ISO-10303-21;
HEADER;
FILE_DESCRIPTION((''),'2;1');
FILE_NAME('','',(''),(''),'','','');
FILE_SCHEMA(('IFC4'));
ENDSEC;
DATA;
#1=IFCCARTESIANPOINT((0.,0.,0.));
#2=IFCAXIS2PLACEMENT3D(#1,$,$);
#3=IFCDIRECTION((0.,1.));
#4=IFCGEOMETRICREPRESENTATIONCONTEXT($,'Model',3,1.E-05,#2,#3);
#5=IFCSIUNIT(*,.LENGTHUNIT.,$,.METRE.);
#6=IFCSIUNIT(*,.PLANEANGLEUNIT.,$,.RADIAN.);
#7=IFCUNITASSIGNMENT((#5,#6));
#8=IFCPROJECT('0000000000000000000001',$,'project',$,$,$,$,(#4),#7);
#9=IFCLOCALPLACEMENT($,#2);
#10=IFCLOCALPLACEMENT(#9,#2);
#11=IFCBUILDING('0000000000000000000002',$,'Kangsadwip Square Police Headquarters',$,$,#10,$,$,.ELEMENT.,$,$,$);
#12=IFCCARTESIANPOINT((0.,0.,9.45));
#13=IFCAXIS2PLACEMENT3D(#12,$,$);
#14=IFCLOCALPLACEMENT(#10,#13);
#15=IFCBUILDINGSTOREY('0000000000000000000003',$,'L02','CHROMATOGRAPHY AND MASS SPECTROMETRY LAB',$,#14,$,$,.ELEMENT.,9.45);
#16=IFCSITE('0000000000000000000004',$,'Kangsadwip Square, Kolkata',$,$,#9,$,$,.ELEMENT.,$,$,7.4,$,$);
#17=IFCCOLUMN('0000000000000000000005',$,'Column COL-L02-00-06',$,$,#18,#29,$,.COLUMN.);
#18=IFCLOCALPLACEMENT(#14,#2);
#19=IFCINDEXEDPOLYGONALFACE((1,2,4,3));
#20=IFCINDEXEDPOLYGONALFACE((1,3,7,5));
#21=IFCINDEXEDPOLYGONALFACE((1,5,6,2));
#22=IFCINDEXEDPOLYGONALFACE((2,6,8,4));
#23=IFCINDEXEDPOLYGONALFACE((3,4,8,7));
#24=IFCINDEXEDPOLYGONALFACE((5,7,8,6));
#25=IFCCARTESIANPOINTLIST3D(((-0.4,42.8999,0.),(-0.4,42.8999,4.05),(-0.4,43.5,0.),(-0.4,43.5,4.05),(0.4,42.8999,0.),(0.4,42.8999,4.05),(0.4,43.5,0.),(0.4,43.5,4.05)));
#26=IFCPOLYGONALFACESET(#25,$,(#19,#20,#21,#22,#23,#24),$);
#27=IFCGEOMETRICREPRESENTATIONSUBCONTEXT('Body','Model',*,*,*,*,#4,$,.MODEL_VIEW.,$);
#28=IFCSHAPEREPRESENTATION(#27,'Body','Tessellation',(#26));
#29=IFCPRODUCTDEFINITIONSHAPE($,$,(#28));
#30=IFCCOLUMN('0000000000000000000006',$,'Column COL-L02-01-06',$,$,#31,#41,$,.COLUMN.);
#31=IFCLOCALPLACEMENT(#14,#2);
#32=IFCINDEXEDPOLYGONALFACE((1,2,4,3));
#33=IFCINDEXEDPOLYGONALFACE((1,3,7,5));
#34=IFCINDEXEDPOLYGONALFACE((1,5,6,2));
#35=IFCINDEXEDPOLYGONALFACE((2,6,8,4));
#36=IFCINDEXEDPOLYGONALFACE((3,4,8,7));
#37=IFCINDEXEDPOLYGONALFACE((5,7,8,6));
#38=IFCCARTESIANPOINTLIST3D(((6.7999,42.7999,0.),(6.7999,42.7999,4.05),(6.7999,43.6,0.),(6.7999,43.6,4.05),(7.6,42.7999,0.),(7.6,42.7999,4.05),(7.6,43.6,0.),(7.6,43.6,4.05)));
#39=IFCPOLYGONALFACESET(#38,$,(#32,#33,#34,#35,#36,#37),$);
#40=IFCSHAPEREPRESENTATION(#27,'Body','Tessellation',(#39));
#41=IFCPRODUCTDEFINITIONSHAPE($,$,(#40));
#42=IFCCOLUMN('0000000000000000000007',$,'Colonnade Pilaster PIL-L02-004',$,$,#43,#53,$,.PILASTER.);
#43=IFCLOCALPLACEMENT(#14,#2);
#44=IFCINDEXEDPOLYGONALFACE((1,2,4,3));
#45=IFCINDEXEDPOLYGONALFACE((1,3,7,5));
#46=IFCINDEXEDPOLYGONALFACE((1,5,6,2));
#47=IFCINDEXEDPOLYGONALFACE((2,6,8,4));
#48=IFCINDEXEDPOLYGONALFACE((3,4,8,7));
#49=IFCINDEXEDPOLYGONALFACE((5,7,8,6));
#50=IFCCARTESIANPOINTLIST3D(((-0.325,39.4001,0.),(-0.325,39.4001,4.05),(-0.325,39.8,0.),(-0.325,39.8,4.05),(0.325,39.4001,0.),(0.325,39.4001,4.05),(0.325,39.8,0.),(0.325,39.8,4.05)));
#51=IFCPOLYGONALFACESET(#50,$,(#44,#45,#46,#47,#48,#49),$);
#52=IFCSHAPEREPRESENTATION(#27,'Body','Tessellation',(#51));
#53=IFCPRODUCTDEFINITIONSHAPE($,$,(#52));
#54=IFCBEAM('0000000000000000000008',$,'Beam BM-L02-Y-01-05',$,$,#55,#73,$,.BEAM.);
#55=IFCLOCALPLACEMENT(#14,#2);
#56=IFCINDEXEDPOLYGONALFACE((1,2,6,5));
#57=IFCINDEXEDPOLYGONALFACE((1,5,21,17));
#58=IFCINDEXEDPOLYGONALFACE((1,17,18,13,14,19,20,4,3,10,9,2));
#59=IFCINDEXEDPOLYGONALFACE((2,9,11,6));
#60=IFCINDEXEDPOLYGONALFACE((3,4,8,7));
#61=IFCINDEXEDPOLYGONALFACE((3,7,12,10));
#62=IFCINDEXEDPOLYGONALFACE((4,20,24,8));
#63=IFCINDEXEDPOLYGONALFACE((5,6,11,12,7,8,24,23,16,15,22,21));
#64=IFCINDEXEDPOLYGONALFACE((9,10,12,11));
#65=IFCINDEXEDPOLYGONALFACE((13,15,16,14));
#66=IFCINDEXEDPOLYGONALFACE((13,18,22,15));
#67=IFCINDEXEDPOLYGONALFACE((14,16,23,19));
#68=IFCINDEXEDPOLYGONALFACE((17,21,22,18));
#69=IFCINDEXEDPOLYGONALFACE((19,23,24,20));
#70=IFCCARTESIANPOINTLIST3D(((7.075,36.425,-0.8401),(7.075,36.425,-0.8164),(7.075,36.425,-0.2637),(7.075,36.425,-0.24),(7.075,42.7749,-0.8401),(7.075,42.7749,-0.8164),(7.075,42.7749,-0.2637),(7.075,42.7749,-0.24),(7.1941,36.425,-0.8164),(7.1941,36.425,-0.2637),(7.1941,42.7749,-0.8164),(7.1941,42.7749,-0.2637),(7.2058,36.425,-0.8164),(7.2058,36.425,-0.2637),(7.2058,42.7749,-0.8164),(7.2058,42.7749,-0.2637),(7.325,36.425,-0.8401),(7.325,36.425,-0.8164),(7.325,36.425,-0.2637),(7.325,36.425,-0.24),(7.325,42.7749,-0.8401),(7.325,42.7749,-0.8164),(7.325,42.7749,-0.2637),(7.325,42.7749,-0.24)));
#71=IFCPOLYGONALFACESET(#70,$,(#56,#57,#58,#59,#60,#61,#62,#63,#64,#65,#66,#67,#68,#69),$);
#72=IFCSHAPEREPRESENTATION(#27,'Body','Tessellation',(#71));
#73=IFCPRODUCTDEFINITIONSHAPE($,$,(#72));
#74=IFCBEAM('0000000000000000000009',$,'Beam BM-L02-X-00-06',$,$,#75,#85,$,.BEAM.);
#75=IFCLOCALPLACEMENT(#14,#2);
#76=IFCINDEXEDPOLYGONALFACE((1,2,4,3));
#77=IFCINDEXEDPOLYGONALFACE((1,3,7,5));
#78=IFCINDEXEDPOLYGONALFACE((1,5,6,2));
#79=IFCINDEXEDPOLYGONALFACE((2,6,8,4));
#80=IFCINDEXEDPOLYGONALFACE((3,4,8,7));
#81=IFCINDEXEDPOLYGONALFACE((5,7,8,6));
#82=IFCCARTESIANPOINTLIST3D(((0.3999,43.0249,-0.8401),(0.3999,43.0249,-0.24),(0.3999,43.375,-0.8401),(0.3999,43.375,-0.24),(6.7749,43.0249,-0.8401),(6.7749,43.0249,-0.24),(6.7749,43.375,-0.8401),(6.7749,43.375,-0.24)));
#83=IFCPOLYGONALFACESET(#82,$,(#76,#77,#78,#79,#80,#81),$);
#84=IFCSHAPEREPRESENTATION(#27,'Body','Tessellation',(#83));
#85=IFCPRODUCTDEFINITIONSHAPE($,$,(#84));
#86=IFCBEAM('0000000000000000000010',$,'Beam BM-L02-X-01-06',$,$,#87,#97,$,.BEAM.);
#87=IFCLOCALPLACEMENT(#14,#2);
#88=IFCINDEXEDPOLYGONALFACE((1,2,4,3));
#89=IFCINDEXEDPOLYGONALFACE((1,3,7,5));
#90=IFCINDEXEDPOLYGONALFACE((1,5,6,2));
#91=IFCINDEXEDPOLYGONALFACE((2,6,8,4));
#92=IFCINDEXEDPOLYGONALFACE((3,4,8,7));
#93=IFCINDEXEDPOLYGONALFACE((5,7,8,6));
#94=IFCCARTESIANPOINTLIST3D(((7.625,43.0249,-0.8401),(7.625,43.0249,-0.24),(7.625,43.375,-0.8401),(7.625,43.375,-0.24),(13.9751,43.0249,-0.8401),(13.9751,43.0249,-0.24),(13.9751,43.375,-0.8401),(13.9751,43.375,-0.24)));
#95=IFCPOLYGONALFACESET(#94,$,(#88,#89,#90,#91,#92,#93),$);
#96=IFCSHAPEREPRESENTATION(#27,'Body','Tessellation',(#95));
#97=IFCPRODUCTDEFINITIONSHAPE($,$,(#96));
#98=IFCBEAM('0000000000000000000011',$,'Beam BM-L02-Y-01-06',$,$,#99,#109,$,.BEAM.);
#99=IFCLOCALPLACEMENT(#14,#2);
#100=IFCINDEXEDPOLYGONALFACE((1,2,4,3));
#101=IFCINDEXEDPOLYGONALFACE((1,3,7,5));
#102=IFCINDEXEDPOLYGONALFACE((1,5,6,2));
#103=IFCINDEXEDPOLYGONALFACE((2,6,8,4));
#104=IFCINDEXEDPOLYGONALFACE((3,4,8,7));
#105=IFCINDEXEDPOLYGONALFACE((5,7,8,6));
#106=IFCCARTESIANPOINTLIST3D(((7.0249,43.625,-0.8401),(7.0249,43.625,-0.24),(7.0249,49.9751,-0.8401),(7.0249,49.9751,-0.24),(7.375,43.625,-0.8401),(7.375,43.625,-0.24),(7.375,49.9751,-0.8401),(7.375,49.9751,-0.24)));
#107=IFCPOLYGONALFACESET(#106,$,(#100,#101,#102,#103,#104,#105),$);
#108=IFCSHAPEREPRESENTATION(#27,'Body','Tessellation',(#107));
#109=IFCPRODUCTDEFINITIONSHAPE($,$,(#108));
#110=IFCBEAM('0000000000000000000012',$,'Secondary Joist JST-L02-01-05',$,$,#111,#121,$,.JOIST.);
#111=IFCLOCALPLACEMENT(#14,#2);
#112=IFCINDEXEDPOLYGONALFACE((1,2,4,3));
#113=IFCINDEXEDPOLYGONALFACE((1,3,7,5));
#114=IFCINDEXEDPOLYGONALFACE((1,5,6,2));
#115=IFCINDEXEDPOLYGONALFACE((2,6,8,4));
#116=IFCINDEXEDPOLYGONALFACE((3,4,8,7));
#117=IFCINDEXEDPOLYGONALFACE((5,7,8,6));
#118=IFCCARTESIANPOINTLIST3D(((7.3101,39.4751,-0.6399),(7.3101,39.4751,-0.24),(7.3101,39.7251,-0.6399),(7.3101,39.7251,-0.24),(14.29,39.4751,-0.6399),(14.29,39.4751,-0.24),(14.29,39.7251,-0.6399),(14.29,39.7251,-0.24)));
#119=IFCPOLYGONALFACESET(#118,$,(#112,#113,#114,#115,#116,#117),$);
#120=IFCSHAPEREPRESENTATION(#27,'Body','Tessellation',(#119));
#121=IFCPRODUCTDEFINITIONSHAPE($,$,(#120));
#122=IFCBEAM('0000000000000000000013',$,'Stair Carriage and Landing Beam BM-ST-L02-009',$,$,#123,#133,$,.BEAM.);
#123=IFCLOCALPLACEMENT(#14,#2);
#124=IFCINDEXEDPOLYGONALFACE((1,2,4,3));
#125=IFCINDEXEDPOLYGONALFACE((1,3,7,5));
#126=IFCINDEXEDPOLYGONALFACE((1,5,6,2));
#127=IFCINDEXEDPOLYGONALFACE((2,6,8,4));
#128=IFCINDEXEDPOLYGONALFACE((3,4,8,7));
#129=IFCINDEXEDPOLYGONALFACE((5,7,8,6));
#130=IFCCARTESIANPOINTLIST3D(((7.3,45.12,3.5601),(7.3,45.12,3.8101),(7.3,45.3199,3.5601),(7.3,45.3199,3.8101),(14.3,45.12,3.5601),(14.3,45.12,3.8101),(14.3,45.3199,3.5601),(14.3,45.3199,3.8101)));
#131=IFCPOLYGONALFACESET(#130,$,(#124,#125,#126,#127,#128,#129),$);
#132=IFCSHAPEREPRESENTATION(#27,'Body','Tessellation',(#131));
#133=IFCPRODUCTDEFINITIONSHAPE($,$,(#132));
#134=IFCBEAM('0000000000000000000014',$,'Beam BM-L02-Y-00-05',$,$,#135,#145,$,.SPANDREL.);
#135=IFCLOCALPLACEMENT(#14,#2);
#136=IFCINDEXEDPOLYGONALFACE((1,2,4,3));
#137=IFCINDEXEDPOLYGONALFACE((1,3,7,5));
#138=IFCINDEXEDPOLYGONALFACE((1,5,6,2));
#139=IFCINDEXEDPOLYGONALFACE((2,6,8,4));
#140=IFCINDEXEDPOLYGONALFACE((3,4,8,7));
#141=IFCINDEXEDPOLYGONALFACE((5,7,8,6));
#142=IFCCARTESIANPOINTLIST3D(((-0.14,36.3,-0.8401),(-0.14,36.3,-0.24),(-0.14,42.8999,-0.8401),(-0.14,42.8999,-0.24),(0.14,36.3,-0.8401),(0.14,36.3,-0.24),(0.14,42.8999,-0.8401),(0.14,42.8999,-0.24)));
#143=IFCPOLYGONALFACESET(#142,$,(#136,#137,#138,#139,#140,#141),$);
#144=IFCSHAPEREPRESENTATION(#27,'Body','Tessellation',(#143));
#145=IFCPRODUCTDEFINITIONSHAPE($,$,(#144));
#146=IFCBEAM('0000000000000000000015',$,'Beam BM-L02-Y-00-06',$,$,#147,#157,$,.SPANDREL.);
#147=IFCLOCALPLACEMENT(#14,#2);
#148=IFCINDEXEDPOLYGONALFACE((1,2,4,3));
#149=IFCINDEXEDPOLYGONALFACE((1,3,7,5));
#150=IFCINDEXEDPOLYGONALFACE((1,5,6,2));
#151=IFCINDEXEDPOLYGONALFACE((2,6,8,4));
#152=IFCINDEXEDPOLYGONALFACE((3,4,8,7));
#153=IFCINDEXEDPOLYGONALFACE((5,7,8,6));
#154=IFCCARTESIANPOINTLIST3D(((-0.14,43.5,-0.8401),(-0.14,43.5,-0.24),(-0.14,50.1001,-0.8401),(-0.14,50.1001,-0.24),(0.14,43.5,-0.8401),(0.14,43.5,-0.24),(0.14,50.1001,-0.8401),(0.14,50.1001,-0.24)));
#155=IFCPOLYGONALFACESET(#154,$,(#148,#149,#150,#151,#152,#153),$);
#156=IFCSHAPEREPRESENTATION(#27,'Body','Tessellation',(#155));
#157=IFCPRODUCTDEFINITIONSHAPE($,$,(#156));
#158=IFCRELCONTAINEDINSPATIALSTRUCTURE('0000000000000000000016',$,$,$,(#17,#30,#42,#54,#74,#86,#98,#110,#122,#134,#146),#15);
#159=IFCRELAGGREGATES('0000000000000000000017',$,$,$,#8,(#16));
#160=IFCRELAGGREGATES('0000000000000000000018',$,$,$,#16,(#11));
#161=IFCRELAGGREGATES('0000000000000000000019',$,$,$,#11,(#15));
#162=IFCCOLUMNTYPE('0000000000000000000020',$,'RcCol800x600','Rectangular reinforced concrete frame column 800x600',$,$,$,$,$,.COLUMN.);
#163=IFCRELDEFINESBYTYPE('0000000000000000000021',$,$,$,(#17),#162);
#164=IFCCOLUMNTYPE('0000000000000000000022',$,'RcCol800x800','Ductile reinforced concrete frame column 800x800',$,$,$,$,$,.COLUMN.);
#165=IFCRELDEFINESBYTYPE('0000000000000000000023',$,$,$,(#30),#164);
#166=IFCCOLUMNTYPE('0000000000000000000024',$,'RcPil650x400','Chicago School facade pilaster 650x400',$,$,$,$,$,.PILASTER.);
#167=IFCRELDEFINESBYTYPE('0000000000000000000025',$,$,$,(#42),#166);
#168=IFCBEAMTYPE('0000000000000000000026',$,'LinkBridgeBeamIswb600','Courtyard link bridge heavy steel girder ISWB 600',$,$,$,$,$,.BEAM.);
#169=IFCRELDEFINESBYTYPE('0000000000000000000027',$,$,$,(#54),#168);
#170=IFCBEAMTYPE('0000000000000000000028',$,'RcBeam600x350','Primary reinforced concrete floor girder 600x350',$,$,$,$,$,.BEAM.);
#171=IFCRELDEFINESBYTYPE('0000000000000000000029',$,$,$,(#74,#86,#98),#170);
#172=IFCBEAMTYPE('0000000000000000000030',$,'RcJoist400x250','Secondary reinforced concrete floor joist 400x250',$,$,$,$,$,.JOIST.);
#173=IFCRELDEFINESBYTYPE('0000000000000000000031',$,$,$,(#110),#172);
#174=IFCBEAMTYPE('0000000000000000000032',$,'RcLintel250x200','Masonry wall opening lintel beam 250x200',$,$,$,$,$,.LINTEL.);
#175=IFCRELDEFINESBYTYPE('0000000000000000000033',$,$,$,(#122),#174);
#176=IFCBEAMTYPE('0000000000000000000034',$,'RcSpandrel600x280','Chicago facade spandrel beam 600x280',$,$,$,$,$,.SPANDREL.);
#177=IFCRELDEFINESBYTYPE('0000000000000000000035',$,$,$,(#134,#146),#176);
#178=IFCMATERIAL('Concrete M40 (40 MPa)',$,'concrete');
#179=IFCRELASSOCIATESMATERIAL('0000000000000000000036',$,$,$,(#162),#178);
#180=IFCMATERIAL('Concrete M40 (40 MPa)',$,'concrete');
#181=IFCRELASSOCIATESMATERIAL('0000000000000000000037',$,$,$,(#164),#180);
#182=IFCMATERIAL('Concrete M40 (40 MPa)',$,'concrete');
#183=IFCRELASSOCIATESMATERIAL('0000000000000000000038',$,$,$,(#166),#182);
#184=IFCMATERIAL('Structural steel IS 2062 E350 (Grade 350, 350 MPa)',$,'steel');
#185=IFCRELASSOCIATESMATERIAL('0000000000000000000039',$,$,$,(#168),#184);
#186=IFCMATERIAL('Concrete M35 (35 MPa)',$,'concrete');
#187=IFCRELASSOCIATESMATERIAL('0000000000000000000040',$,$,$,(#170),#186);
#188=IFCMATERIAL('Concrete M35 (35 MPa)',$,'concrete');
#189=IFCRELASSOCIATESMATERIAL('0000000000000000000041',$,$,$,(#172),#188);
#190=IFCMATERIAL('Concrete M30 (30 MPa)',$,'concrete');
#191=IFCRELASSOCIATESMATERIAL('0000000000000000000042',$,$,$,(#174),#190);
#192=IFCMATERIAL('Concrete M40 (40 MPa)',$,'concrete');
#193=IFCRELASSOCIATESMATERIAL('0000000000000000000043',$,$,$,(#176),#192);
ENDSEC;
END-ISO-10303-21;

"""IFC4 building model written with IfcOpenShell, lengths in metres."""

from ifc_helpers import new_model, si_unit, direction, frame, origin, origin_2d, place, context, subcontext, project, spatial, rectangle, i_section, extrude, material, material_profile, profile_set, type_object, element, save


model = new_model("IFC4")

# Units and contexts
model_context = context("Model", 3, precision=1e-05, world=origin(), true_north=direction((0.0, 1.0)))
body_context = subcontext(model_context, "Body", "Model", "MODEL_VIEW")
ifc_project = project(units=[si_unit("LENGTHUNIT", "METRE"), si_unit("PLANEANGLEUNIT", "RADIAN")], contexts=[model_context])

# Site, building, storey
site_placement = place(None, origin())
site = spatial("IfcSite", under=ifc_project, at=site_placement, Name="Kangsadwip Square, Kolkata", CompositionType="ELEMENT", RefElevation=7.4)
building_placement = place(site_placement, origin())
building = spatial("IfcBuilding", under=site, at=building_placement, Name="Kangsadwip Square Police Headquarters", CompositionType="ELEMENT")
storey_placement = place(building_placement, frame((0.0, 0.0, 9.45)))
storey = spatial("IfcBuildingStorey", under=building, at=storey_placement, Name="L02", Description="CHROMATOGRAPHY AND MASS SPECTROMETRY LAB", CompositionType="ELEMENT", Elevation=9.45)

# Columns
ifc_material_1 = material(Name="Concrete M40 (40 MPa)", Category="concrete")
ifc_material_profile_1 = material_profile(ifc_material_1, rectangle(XDim=0.6001, YDim=0.8, at=origin_2d()), Name="RC COL 800X600")
ifc_profile_set_1 = profile_set([ifc_material_profile_1], Name="Concrete M40 (40 MPa)")
column_type_1 = type_object("IfcColumnType", Name="RcCol800x600", Description="Rectangular reinforced concrete frame column 800x600", PredefinedType="COLUMN", material=ifc_profile_set_1)
column_1_placement = place(storey_placement, frame((0.0, 43.2, 0.0), z_axis=(0.0, 0.0, 1.0), x_axis=(0.0, 1.0, 0.0)))
element("IfcColumn", 1, at=column_1_placement, inside=storey, type_object=column_type_1, Name="Column COL-L02-00-06", PredefinedType="COLUMN", context=body_context, shape_type="SweptSolid", body=[
    extrude(rectangle(XDim=0.6001, YDim=0.8, at=origin_2d()), origin(), (0.0, 0.0, 1.0), 4.05),
])
ifc_material_2 = material(Name="Concrete M40 (40 MPa)", Category="concrete")
ifc_material_profile_2 = material_profile(ifc_material_2, rectangle(XDim=0.8, YDim=0.8, at=origin_2d()), Name="RC COL 800X800")
ifc_profile_set_2 = profile_set([ifc_material_profile_2], Name="Concrete M40 (40 MPa)")
column_type_2 = type_object("IfcColumnType", Name="RcCol800x800", Description="Ductile reinforced concrete frame column 800x800", PredefinedType="COLUMN", material=ifc_profile_set_2)
column_2_placement = place(storey_placement, frame((7.2, 43.2, 0.0), z_axis=(0.0, 0.0, 1.0), x_axis=(1.0, 0.0, 0.0)))
element("IfcColumn", 2, at=column_2_placement, inside=storey, type_object=column_type_2, Name="Column COL-L02-01-06", PredefinedType="COLUMN", context=body_context, shape_type="SweptSolid", body=[
    extrude(rectangle(XDim=0.8, YDim=0.8, at=origin_2d()), origin(), (0.0, 0.0, 1.0), 4.05),
])
ifc_material_3 = material(Name="Concrete M40 (40 MPa)", Category="concrete")
ifc_material_profile_3 = material_profile(ifc_material_3, rectangle(XDim=0.3999, YDim=0.6499, at=origin_2d()), Name="RC PIL 650X400")
ifc_profile_set_3 = profile_set([ifc_material_profile_3], Name="Concrete M40 (40 MPa)")
column_type_3 = type_object("IfcColumnType", Name="RcPil650x400", Description="Chicago School facade pilaster 650x400", PredefinedType="PILASTER", material=ifc_profile_set_3)
column_3_placement = place(storey_placement, frame((0.0, 39.6001, 0.0), z_axis=(0.0, 0.0, 1.0), x_axis=(0.0, 1.0, 0.0)))
element("IfcColumn", 3, at=column_3_placement, inside=storey, type_object=column_type_3, Name="Colonnade Pilaster PIL-L02-004", PredefinedType="PILASTER", context=body_context, shape_type="SweptSolid", body=[
    extrude(rectangle(XDim=0.3999, YDim=0.6499, at=origin_2d()), origin(), (0.0, 0.0, 1.0), 4.05),
])

# Beams
ifc_material_4 = material(Name="Structural steel IS 2062 E350 (Grade 350, 350 MPa)", Category="steel")
ifc_material_profile_4 = material_profile(ifc_material_4, i_section(OverallWidth=0.25, OverallDepth=0.6001, WebThickness=0.0117, FlangeThickness=0.0237, at=origin_2d()), Name="ISWB 600")
ifc_profile_set_4 = profile_set([ifc_material_profile_4], Name="Structural steel IS 2062 E350 (Grade 350, 350 MPa)")
beam_type_1 = type_object("IfcBeamType", Name="LinkBridgeBeamIswb600", Description="Courtyard link bridge heavy steel girder ISWB 600", PredefinedType="BEAM", material=ifc_profile_set_4)
beam_1_placement = place(storey_placement, frame((7.2, 36.425, -0.54), z_axis=(0.0, 1.0, 0.0), x_axis=(-1.0, 0.0, 0.0)))
element("IfcBeam", 4, at=beam_1_placement, inside=storey, type_object=beam_type_1, Name="Beam BM-L02-Y-01-05", PredefinedType="BEAM", context=body_context, shape_type="SweptSolid", body=[
    extrude(i_section(OverallWidth=0.25, OverallDepth=0.6001, WebThickness=0.0117, FlangeThickness=0.0237, at=origin_2d()), origin(), (0.0, 0.0, 1.0), 6.3499),
])
ifc_material_5 = material(Name="Concrete M35 (35 MPa)", Category="concrete")
ifc_material_profile_5 = material_profile(ifc_material_5, rectangle(XDim=0.3501, YDim=0.6001, at=origin_2d()), Name="RC BM 600X350")
ifc_profile_set_5 = profile_set([ifc_material_profile_5], Name="Concrete M35 (35 MPa)")
beam_type_2 = type_object("IfcBeamType", Name="RcBeam600x350", Description="Primary reinforced concrete floor girder 600x350", PredefinedType="BEAM", material=ifc_profile_set_5)
beam_2_placement = place(storey_placement, frame((0.3999, 43.2, -0.54), z_axis=(1.0, 0.0, 0.0), x_axis=(0.0, 1.0, 0.0)))
element("IfcBeam", 5, at=beam_2_placement, inside=storey, type_object=beam_type_2, Name="Beam BM-L02-X-00-06", PredefinedType="BEAM", context=body_context, shape_type="SweptSolid", body=[
    extrude(rectangle(XDim=0.3501, YDim=0.6001, at=origin_2d()), origin(), (0.0, 0.0, 1.0), 6.375),
])
for number, where, z_axis, x_axis, name in (
    (6, (7.625, 43.2, -0.54), (1.0, 0.0, 0.0), (0.0, 1.0, 0.0), "Beam BM-L02-X-01-06"),
    (7, (7.2, 43.625, -0.54), (0.0, 1.0, 0.0), (-1.0, 0.0, 0.0), "Beam BM-L02-Y-01-06"),
):
    element("IfcBeam", number, at=place(storey_placement, frame(where, z_axis=z_axis, x_axis=x_axis)), inside=storey, type_object=beam_type_2, Name=name, PredefinedType="BEAM", context=body_context, shape_type="SweptSolid", body=[
        extrude(rectangle(XDim=0.3501, YDim=0.6001, at=origin_2d()), origin(), (0.0, 0.0, 1.0), 6.3501),
    ])
ifc_material_6 = material(Name="Concrete M35 (35 MPa)", Category="concrete")
ifc_material_profile_6 = material_profile(ifc_material_6, rectangle(XDim=0.25, YDim=0.3999, at=origin_2d()), Name="RC JST 400X250")
ifc_profile_set_6 = profile_set([ifc_material_profile_6], Name="Concrete M35 (35 MPa)")
beam_type_3 = type_object("IfcBeamType", Name="RcJoist400x250", Description="Secondary reinforced concrete floor joist 400x250", PredefinedType="JOIST", material=ifc_profile_set_6)
beam_3_placement = place(storey_placement, frame((7.3101, 39.6001, -0.4399), z_axis=(1.0, 0.0, 0.0), x_axis=(0.0, 1.0, 0.0)))
element("IfcBeam", 8, at=beam_3_placement, inside=storey, type_object=beam_type_3, Name="Secondary Joist JST-L02-01-05", PredefinedType="JOIST", context=body_context, shape_type="SweptSolid", body=[
    extrude(rectangle(XDim=0.25, YDim=0.3999, at=origin_2d()), origin(), (0.0, 0.0, 1.0), 6.98),
])
ifc_material_7 = material(Name="Concrete M30 (30 MPa)", Category="concrete")
ifc_material_profile_7 = material_profile(ifc_material_7, rectangle(XDim=0.2, YDim=0.25, at=origin_2d()), Name="RC LNT 250X200")
ifc_profile_set_7 = profile_set([ifc_material_profile_7], Name="Concrete M30 (30 MPa)")
beam_type_4 = type_object("IfcBeamType", Name="RcLintel250x200", Description="Masonry wall opening lintel beam 250x200", PredefinedType="LINTEL", material=ifc_profile_set_7)
beam_4_placement = place(storey_placement, frame((7.3, 45.22, 3.6851), z_axis=(1.0, 0.0, 0.0), x_axis=(0.0, 1.0, 0.0)))
element("IfcBeam", 9, at=beam_4_placement, inside=storey, type_object=beam_type_4, Name="Stair Carriage and Landing Beam BM-ST-L02-009", PredefinedType="BEAM", context=body_context, shape_type="SweptSolid", body=[
    extrude(rectangle(XDim=0.2, YDim=0.25, at=origin_2d()), origin(), (0.0, 0.0, 1.0), 7.0),
])
ifc_material_8 = material(Name="Concrete M40 (40 MPa)", Category="concrete")
ifc_material_profile_8 = material_profile(ifc_material_8, rectangle(XDim=0.28, YDim=0.6001, at=origin_2d()), Name="RC SPN 600X280")
ifc_profile_set_8 = profile_set([ifc_material_profile_8], Name="Concrete M40 (40 MPa)")
beam_type_5 = type_object("IfcBeamType", Name="RcSpandrel600x280", Description="Chicago facade spandrel beam 600x280", PredefinedType="SPANDREL", material=ifc_profile_set_8)
beam_5_placement = place(storey_placement, frame((0.0, 36.3, -0.54), z_axis=(0.0, 1.0, 0.0), x_axis=(-1.0, 0.0, 0.0)))
element("IfcBeam", 10, at=beam_5_placement, inside=storey, type_object=beam_type_5, Name="Beam BM-L02-Y-00-05", PredefinedType="SPANDREL", context=body_context, shape_type="SweptSolid", body=[
    extrude(rectangle(XDim=0.28, YDim=0.6001, at=origin_2d()), origin(), (0.0, 0.0, 1.0), 6.5999),
])
beam_6_placement = place(storey_placement, frame((0.0, 43.5, -0.54), z_axis=(0.0, 1.0, 0.0), x_axis=(-1.0, 0.0, 0.0)))
element("IfcBeam", 11, at=beam_6_placement, inside=storey, type_object=beam_type_5, Name="Beam BM-L02-Y-00-06", PredefinedType="SPANDREL", context=body_context, shape_type="SweptSolid", body=[
    extrude(rectangle(XDim=0.28, YDim=0.6001, at=origin_2d()), origin(), (0.0, 0.0, 1.0), 6.6001),
])

save(model, "model.ifc")
